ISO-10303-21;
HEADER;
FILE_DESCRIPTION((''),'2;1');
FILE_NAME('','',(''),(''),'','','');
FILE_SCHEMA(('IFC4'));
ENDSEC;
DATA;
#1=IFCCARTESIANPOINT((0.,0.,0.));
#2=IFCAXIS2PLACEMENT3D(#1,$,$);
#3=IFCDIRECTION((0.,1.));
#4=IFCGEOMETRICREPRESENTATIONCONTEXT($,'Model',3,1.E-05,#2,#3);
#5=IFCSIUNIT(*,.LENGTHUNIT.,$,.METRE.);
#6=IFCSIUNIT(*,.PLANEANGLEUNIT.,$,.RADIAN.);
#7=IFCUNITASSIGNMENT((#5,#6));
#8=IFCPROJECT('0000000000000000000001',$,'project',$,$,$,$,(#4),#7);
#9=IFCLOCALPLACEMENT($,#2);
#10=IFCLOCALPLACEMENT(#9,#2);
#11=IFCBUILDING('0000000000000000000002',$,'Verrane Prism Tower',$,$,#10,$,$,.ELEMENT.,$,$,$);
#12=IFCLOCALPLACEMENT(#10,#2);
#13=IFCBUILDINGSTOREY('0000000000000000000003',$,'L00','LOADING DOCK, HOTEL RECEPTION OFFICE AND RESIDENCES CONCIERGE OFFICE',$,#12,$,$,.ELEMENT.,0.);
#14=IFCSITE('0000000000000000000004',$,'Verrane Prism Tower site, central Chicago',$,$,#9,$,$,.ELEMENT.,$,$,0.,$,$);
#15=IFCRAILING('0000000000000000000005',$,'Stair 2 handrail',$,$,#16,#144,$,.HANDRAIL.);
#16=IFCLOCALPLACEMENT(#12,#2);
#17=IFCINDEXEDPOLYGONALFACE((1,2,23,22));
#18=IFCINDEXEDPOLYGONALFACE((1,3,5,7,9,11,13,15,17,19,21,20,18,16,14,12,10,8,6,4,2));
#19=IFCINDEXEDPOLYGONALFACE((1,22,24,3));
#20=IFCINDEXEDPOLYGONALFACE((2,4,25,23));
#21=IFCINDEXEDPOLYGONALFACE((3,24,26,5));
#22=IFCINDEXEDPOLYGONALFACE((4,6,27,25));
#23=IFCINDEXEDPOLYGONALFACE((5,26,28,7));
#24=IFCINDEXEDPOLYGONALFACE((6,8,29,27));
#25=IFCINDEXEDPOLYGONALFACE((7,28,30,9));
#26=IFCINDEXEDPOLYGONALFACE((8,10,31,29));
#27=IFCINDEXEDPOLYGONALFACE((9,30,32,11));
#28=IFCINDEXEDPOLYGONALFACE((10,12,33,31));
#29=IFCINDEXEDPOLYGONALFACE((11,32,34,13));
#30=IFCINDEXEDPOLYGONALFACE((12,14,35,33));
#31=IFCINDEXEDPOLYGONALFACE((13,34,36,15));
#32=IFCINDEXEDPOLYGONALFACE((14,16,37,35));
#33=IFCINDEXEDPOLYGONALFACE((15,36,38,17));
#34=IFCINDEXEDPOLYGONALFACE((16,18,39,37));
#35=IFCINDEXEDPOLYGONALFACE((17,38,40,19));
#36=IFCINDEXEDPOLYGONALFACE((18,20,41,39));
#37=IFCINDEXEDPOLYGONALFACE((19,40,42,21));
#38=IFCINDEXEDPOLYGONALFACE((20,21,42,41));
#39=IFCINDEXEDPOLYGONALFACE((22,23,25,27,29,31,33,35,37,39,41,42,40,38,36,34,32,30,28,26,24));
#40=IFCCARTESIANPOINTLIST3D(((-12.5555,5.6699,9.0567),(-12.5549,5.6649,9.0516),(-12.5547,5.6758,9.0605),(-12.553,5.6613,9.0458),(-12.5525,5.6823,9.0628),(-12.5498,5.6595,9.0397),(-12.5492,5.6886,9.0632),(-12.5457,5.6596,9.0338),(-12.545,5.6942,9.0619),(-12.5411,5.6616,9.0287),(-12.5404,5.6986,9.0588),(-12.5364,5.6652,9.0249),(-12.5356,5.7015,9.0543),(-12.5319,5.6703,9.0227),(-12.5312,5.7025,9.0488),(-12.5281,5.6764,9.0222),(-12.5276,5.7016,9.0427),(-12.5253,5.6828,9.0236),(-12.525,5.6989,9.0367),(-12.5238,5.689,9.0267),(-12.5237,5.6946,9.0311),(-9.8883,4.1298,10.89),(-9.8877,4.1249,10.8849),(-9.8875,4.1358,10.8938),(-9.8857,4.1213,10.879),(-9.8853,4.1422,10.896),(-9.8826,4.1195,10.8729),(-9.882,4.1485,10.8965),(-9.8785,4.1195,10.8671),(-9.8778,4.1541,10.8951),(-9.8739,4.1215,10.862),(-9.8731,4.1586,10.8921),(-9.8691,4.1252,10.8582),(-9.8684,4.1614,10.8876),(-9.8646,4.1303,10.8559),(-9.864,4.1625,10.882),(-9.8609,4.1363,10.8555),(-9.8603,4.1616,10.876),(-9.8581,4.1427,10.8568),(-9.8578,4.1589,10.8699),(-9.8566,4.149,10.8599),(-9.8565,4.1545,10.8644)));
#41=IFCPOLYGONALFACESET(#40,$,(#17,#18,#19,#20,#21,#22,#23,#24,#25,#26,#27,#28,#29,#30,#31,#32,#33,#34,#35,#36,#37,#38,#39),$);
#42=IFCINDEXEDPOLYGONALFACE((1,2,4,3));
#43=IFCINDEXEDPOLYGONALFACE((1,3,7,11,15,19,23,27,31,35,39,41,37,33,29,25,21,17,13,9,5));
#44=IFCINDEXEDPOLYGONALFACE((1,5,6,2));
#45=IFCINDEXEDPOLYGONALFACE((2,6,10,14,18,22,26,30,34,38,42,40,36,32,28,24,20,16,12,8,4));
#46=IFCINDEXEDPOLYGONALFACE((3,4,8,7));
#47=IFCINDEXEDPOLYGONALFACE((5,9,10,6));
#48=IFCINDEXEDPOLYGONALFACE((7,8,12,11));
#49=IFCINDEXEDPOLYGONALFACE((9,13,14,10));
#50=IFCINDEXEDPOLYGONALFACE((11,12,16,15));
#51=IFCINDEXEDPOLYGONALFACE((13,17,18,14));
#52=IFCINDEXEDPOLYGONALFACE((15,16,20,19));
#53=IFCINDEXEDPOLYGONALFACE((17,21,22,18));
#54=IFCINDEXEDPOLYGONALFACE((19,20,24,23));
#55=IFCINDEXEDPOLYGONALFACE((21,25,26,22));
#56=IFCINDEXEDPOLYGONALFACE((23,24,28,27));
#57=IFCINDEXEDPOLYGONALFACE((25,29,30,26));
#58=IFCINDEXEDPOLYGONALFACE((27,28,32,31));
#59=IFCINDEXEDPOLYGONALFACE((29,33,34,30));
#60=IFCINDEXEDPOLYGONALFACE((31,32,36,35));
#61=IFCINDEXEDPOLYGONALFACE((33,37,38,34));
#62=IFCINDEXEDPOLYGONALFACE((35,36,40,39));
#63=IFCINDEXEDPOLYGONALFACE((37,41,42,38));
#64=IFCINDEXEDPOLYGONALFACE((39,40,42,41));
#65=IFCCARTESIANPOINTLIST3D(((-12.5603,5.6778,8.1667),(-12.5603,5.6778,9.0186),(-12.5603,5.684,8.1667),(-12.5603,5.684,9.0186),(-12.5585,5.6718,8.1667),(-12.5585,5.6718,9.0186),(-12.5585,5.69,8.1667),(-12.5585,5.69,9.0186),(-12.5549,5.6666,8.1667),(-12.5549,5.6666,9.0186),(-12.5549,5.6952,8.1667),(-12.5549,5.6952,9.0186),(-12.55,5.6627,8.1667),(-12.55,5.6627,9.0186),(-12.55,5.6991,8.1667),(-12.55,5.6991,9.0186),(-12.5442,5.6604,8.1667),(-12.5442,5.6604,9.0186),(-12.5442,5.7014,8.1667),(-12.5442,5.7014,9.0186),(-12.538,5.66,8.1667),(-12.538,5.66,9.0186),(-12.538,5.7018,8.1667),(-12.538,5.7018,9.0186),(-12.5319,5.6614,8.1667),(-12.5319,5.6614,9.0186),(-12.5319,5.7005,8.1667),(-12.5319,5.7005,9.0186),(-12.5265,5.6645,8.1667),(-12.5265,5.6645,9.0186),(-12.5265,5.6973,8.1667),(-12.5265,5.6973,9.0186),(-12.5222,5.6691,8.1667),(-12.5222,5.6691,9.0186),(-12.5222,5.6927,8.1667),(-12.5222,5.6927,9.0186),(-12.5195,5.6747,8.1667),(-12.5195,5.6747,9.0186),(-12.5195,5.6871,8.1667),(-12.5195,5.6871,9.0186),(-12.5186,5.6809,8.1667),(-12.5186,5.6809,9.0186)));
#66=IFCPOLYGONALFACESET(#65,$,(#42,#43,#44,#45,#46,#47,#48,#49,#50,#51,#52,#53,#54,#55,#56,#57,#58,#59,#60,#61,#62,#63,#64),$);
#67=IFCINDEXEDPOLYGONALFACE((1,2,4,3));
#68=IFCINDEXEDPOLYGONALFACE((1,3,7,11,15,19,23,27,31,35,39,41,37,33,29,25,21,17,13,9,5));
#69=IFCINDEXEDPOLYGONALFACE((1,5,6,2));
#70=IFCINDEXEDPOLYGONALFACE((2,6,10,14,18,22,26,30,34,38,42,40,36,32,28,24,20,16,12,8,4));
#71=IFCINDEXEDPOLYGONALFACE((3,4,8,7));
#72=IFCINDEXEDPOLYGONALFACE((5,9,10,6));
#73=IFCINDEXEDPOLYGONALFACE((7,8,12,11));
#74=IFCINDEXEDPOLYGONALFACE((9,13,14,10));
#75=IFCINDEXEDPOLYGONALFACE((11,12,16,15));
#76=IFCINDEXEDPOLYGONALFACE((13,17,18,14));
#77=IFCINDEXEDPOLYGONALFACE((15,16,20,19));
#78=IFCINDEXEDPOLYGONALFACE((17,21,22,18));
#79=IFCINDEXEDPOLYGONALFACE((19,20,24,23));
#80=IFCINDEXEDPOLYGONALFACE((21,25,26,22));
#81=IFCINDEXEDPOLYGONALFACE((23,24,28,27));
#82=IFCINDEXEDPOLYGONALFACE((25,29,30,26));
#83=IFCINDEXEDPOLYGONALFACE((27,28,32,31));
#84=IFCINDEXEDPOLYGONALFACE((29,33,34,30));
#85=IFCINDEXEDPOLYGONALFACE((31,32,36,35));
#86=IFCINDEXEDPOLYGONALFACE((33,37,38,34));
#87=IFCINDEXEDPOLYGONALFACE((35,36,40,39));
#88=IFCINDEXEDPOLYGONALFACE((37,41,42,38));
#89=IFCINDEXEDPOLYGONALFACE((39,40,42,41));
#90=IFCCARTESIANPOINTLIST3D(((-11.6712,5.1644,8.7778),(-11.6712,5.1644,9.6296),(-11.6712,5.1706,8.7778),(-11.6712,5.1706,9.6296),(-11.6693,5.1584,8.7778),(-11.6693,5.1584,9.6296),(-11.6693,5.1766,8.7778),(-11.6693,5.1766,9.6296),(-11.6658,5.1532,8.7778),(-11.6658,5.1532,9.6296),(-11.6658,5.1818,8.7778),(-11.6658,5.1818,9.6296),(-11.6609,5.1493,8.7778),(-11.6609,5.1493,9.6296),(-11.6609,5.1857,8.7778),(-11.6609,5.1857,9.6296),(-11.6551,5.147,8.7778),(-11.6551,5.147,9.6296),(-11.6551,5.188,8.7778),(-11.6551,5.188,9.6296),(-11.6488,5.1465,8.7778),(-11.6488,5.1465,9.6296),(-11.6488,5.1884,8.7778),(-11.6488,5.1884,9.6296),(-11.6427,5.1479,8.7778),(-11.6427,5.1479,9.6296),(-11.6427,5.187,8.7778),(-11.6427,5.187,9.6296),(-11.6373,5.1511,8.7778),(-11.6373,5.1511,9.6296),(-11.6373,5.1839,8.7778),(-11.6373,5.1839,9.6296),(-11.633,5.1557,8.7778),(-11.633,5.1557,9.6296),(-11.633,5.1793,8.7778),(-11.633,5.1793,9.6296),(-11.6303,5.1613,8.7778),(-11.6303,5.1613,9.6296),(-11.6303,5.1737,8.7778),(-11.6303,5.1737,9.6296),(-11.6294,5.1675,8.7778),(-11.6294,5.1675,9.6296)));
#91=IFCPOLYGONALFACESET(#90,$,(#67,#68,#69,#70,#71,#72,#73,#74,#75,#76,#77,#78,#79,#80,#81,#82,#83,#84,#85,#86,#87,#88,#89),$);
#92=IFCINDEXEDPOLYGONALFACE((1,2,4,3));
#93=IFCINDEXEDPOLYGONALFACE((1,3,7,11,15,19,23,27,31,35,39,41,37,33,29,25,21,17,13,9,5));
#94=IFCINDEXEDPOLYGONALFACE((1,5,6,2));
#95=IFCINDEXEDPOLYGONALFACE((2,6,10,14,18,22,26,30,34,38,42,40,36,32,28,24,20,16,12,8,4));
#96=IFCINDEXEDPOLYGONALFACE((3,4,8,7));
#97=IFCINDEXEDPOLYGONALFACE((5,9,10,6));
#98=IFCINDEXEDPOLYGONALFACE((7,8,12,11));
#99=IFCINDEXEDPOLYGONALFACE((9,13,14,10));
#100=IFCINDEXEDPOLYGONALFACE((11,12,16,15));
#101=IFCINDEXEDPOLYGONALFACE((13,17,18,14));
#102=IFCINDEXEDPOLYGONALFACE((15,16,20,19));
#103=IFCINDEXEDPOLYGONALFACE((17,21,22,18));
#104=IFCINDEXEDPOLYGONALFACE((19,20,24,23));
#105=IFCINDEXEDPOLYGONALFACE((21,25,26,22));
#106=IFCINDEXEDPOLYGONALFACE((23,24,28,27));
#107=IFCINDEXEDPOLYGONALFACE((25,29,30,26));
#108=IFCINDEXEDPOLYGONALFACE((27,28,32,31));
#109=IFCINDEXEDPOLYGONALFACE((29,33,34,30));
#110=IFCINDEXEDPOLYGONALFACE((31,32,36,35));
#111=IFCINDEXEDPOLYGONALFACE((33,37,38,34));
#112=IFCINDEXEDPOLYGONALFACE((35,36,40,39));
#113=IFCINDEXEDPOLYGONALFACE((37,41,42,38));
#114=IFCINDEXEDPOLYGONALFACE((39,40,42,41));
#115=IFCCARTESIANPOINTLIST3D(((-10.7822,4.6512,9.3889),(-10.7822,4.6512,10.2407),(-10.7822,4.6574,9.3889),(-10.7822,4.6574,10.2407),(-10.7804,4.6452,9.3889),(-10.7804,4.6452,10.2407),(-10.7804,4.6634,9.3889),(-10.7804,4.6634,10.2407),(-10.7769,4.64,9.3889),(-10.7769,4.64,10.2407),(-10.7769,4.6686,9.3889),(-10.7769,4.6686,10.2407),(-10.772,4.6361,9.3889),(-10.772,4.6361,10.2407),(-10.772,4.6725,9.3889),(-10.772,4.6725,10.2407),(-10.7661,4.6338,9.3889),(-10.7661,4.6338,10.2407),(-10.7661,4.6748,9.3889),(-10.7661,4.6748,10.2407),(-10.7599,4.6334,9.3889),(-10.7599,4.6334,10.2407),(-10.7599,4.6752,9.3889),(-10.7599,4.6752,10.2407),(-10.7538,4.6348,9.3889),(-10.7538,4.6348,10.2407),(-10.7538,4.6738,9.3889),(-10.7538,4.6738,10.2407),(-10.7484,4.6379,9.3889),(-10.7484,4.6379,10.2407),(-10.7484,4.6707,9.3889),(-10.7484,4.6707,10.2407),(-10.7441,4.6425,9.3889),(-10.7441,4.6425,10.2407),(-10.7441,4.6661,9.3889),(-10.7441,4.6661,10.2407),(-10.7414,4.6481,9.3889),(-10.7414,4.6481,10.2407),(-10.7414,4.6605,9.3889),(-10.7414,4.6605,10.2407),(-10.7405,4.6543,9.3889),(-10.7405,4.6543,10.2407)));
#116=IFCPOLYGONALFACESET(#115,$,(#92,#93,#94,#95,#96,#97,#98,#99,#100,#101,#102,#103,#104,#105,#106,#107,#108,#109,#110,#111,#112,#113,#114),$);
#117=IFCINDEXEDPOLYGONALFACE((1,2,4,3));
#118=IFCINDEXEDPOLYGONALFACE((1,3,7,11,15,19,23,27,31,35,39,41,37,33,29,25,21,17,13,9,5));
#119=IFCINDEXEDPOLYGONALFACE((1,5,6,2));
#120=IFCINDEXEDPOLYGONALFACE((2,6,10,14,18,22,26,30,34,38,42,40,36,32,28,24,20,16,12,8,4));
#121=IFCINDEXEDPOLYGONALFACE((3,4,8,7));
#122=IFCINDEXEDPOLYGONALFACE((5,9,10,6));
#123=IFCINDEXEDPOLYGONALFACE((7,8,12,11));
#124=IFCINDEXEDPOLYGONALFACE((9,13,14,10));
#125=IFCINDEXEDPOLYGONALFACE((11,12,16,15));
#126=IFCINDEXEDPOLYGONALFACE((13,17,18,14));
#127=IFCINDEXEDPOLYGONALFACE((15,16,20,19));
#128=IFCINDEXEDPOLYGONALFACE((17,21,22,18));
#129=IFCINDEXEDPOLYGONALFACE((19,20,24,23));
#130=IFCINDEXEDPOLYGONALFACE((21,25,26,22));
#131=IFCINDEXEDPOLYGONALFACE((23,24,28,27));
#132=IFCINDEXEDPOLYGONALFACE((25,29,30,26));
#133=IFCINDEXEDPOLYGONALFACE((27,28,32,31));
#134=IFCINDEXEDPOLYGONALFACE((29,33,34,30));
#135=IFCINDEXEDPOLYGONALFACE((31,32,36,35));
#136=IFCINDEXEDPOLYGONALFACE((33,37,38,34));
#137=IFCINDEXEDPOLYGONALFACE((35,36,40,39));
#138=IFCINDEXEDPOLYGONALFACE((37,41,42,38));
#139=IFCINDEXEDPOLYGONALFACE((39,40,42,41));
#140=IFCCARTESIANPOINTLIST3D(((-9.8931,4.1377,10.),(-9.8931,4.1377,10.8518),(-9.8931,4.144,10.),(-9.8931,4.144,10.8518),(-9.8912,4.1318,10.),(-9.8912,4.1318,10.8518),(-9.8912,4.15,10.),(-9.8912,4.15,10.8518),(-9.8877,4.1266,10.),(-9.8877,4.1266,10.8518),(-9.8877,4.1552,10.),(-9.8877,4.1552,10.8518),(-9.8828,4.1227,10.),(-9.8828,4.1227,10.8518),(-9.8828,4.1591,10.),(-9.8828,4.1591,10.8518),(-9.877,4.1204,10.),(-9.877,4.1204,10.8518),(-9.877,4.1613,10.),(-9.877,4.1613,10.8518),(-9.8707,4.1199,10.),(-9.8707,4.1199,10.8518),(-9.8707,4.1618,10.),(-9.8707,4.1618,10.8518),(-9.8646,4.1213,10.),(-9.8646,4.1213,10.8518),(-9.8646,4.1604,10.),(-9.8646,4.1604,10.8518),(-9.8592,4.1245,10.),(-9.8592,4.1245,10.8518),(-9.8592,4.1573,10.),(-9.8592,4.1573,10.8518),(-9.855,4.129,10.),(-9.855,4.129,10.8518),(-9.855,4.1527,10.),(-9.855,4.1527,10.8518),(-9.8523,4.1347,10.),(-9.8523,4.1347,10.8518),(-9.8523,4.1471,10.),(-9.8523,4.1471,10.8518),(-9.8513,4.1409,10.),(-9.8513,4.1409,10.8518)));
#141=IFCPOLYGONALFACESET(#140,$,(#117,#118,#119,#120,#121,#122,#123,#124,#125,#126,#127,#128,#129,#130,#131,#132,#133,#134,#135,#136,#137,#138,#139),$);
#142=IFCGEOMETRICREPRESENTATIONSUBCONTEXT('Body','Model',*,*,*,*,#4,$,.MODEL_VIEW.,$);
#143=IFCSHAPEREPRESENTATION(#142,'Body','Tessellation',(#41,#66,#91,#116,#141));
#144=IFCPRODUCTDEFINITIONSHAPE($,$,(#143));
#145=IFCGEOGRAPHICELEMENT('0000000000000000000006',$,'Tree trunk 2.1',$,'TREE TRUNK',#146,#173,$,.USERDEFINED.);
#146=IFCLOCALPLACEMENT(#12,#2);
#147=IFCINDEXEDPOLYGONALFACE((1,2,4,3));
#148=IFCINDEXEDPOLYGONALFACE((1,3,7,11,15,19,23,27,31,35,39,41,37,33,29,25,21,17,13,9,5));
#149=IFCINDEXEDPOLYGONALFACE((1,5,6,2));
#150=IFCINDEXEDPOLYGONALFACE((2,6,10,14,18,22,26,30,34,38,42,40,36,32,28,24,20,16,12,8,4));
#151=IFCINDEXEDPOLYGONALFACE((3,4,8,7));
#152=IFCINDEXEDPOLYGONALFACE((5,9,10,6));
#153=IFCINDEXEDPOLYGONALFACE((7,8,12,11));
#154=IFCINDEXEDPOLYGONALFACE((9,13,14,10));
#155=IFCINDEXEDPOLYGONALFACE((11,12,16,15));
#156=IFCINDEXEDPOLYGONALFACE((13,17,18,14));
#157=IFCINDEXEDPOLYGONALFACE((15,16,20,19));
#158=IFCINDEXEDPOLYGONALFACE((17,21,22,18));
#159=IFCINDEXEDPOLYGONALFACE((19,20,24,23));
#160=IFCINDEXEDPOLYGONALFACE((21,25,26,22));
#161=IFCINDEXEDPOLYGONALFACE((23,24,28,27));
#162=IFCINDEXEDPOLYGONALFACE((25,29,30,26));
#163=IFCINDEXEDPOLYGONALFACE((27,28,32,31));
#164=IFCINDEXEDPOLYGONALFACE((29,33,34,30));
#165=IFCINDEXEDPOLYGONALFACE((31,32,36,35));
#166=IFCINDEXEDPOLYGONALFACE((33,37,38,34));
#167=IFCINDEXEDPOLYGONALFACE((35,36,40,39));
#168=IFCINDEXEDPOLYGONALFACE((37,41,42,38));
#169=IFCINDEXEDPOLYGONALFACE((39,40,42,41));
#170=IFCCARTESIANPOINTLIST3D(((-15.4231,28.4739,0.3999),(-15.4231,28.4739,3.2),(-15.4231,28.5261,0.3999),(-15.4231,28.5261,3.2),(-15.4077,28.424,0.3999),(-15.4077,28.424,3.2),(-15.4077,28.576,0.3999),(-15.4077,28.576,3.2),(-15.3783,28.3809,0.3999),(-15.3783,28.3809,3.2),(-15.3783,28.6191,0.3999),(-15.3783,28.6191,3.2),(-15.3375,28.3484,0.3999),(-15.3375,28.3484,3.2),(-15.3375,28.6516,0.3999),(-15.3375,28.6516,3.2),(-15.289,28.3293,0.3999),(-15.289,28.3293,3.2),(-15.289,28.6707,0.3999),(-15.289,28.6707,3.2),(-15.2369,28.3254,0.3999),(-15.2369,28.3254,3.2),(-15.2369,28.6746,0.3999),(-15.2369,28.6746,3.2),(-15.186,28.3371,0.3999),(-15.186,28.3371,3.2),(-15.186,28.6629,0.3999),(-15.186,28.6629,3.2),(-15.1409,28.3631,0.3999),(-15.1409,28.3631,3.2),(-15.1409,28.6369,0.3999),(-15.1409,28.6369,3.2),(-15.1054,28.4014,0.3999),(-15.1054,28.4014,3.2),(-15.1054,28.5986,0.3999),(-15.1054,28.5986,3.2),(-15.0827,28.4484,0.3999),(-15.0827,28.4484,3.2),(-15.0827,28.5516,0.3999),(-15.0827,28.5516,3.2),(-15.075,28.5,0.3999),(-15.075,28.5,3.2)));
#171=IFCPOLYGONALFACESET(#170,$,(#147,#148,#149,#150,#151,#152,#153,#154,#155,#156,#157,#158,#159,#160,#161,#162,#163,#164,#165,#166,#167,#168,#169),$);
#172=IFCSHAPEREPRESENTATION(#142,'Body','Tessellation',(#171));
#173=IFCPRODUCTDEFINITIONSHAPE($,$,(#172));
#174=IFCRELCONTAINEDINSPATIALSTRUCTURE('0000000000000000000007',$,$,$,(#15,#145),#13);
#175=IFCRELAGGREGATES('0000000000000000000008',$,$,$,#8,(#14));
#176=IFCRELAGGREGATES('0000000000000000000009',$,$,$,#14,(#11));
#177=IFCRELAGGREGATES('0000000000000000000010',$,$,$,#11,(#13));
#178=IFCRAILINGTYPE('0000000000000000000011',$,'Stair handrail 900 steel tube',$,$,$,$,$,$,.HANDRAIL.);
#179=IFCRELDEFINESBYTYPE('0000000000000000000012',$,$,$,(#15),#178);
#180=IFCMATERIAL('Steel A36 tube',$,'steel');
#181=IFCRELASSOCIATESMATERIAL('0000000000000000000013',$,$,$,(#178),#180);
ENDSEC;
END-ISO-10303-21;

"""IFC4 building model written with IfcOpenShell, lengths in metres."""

from ifc_helpers import new_model, si_unit, direction, frame, origin, origin_2d, place, context, subcontext, project, spatial, circle, extrude, material, type_object, element, save


model = new_model("IFC4")

# Units and contexts
model_context = context("Model", 3, precision=1e-05, world=origin(), true_north=direction((0.0, 1.0)))
body_context = subcontext(model_context, "Body", "Model", "MODEL_VIEW")
ifc_project = project(units=[si_unit("LENGTHUNIT", "METRE"), si_unit("PLANEANGLEUNIT", "RADIAN")], contexts=[model_context])

# Site, building, storey
site_placement = place(None, origin())
site = spatial("IfcSite", under=ifc_project, at=site_placement, Name="Verrane Prism Tower site, central Chicago", CompositionType="ELEMENT", RefElevation=0.0)
building_placement = place(site_placement, origin())
building = spatial("IfcBuilding", under=site, at=building_placement, Name="Verrane Prism Tower", CompositionType="ELEMENT")
storey_placement = place(building_placement, origin())
storey = spatial("IfcBuildingStorey", under=building, at=storey_placement, Name="L00", Description="LOADING DOCK, HOTEL RECEPTION OFFICE AND RESIDENCES CONCIERGE OFFICE", CompositionType="ELEMENT", Elevation=0.0)

# Railing
ifc_material_1 = material(Name="Steel A36 tube", Category="steel")
railing_type_1 = type_object("IfcRailingType", Name="Stair handrail 900 steel tube", PredefinedType="HANDRAIL", material=ifc_material_1)
for number, where, name in (
    (1, (-12.5396, 5.6809, 8.1667), "Stair 2 handrail"),
):
    element("IfcRailing", number, at=place(storey_placement, frame(where)), inside=storey, type_object=railing_type_1, Name=name, PredefinedType="HANDRAIL", context=body_context, shape_type="SweptSolid", body=[
        extrude(circle(Radius=0.0239, at=origin_2d()), frame((0.0, 0.0, 0.876), z_axis=(0.744159, -0.429671, 0.511478), x_axis=(0.500027, 0.86601, 0.0)), (0.0, 0.0, 1.0), 3.5842),
        extrude(circle(Radius=0.021, at=origin_2d()), origin(), (0.0, 0.0, 1.0), 0.8518),
        extrude(circle(Radius=0.021, at=origin_2d()), frame((0.8892, -0.5134, 0.6111)), (0.0, 0.0, 1.0), 0.8518),
        extrude(circle(Radius=0.021, at=origin_2d()), frame((1.7781, -1.0266, 1.2222)), (0.0, 0.0, 1.0), 0.8518),
        extrude(circle(Radius=0.021, at=origin_2d()), frame((2.6672, -1.54, 1.8333)), (0.0, 0.0, 1.0), 0.8518),
    ])

# Geographic element
geographic_element_1_placement = place(storey_placement, frame((-15.25, 28.5, 3.2), z_axis=(0.0, 0.0, -1.0), x_axis=(1.0, 0.0, 0.0)))
element("IfcGeographicElement", 2, at=geographic_element_1_placement, inside=storey, Name="Tree trunk 2.1", ObjectType="TREE TRUNK", PredefinedType="USERDEFINED", context=body_context, shape_type="SweptSolid", body=[
    extrude(circle(Radius=0.175, at=origin_2d()), origin(), (0.0, 0.0, 1.0), 2.8),
])

save(model, "model.ifc")
